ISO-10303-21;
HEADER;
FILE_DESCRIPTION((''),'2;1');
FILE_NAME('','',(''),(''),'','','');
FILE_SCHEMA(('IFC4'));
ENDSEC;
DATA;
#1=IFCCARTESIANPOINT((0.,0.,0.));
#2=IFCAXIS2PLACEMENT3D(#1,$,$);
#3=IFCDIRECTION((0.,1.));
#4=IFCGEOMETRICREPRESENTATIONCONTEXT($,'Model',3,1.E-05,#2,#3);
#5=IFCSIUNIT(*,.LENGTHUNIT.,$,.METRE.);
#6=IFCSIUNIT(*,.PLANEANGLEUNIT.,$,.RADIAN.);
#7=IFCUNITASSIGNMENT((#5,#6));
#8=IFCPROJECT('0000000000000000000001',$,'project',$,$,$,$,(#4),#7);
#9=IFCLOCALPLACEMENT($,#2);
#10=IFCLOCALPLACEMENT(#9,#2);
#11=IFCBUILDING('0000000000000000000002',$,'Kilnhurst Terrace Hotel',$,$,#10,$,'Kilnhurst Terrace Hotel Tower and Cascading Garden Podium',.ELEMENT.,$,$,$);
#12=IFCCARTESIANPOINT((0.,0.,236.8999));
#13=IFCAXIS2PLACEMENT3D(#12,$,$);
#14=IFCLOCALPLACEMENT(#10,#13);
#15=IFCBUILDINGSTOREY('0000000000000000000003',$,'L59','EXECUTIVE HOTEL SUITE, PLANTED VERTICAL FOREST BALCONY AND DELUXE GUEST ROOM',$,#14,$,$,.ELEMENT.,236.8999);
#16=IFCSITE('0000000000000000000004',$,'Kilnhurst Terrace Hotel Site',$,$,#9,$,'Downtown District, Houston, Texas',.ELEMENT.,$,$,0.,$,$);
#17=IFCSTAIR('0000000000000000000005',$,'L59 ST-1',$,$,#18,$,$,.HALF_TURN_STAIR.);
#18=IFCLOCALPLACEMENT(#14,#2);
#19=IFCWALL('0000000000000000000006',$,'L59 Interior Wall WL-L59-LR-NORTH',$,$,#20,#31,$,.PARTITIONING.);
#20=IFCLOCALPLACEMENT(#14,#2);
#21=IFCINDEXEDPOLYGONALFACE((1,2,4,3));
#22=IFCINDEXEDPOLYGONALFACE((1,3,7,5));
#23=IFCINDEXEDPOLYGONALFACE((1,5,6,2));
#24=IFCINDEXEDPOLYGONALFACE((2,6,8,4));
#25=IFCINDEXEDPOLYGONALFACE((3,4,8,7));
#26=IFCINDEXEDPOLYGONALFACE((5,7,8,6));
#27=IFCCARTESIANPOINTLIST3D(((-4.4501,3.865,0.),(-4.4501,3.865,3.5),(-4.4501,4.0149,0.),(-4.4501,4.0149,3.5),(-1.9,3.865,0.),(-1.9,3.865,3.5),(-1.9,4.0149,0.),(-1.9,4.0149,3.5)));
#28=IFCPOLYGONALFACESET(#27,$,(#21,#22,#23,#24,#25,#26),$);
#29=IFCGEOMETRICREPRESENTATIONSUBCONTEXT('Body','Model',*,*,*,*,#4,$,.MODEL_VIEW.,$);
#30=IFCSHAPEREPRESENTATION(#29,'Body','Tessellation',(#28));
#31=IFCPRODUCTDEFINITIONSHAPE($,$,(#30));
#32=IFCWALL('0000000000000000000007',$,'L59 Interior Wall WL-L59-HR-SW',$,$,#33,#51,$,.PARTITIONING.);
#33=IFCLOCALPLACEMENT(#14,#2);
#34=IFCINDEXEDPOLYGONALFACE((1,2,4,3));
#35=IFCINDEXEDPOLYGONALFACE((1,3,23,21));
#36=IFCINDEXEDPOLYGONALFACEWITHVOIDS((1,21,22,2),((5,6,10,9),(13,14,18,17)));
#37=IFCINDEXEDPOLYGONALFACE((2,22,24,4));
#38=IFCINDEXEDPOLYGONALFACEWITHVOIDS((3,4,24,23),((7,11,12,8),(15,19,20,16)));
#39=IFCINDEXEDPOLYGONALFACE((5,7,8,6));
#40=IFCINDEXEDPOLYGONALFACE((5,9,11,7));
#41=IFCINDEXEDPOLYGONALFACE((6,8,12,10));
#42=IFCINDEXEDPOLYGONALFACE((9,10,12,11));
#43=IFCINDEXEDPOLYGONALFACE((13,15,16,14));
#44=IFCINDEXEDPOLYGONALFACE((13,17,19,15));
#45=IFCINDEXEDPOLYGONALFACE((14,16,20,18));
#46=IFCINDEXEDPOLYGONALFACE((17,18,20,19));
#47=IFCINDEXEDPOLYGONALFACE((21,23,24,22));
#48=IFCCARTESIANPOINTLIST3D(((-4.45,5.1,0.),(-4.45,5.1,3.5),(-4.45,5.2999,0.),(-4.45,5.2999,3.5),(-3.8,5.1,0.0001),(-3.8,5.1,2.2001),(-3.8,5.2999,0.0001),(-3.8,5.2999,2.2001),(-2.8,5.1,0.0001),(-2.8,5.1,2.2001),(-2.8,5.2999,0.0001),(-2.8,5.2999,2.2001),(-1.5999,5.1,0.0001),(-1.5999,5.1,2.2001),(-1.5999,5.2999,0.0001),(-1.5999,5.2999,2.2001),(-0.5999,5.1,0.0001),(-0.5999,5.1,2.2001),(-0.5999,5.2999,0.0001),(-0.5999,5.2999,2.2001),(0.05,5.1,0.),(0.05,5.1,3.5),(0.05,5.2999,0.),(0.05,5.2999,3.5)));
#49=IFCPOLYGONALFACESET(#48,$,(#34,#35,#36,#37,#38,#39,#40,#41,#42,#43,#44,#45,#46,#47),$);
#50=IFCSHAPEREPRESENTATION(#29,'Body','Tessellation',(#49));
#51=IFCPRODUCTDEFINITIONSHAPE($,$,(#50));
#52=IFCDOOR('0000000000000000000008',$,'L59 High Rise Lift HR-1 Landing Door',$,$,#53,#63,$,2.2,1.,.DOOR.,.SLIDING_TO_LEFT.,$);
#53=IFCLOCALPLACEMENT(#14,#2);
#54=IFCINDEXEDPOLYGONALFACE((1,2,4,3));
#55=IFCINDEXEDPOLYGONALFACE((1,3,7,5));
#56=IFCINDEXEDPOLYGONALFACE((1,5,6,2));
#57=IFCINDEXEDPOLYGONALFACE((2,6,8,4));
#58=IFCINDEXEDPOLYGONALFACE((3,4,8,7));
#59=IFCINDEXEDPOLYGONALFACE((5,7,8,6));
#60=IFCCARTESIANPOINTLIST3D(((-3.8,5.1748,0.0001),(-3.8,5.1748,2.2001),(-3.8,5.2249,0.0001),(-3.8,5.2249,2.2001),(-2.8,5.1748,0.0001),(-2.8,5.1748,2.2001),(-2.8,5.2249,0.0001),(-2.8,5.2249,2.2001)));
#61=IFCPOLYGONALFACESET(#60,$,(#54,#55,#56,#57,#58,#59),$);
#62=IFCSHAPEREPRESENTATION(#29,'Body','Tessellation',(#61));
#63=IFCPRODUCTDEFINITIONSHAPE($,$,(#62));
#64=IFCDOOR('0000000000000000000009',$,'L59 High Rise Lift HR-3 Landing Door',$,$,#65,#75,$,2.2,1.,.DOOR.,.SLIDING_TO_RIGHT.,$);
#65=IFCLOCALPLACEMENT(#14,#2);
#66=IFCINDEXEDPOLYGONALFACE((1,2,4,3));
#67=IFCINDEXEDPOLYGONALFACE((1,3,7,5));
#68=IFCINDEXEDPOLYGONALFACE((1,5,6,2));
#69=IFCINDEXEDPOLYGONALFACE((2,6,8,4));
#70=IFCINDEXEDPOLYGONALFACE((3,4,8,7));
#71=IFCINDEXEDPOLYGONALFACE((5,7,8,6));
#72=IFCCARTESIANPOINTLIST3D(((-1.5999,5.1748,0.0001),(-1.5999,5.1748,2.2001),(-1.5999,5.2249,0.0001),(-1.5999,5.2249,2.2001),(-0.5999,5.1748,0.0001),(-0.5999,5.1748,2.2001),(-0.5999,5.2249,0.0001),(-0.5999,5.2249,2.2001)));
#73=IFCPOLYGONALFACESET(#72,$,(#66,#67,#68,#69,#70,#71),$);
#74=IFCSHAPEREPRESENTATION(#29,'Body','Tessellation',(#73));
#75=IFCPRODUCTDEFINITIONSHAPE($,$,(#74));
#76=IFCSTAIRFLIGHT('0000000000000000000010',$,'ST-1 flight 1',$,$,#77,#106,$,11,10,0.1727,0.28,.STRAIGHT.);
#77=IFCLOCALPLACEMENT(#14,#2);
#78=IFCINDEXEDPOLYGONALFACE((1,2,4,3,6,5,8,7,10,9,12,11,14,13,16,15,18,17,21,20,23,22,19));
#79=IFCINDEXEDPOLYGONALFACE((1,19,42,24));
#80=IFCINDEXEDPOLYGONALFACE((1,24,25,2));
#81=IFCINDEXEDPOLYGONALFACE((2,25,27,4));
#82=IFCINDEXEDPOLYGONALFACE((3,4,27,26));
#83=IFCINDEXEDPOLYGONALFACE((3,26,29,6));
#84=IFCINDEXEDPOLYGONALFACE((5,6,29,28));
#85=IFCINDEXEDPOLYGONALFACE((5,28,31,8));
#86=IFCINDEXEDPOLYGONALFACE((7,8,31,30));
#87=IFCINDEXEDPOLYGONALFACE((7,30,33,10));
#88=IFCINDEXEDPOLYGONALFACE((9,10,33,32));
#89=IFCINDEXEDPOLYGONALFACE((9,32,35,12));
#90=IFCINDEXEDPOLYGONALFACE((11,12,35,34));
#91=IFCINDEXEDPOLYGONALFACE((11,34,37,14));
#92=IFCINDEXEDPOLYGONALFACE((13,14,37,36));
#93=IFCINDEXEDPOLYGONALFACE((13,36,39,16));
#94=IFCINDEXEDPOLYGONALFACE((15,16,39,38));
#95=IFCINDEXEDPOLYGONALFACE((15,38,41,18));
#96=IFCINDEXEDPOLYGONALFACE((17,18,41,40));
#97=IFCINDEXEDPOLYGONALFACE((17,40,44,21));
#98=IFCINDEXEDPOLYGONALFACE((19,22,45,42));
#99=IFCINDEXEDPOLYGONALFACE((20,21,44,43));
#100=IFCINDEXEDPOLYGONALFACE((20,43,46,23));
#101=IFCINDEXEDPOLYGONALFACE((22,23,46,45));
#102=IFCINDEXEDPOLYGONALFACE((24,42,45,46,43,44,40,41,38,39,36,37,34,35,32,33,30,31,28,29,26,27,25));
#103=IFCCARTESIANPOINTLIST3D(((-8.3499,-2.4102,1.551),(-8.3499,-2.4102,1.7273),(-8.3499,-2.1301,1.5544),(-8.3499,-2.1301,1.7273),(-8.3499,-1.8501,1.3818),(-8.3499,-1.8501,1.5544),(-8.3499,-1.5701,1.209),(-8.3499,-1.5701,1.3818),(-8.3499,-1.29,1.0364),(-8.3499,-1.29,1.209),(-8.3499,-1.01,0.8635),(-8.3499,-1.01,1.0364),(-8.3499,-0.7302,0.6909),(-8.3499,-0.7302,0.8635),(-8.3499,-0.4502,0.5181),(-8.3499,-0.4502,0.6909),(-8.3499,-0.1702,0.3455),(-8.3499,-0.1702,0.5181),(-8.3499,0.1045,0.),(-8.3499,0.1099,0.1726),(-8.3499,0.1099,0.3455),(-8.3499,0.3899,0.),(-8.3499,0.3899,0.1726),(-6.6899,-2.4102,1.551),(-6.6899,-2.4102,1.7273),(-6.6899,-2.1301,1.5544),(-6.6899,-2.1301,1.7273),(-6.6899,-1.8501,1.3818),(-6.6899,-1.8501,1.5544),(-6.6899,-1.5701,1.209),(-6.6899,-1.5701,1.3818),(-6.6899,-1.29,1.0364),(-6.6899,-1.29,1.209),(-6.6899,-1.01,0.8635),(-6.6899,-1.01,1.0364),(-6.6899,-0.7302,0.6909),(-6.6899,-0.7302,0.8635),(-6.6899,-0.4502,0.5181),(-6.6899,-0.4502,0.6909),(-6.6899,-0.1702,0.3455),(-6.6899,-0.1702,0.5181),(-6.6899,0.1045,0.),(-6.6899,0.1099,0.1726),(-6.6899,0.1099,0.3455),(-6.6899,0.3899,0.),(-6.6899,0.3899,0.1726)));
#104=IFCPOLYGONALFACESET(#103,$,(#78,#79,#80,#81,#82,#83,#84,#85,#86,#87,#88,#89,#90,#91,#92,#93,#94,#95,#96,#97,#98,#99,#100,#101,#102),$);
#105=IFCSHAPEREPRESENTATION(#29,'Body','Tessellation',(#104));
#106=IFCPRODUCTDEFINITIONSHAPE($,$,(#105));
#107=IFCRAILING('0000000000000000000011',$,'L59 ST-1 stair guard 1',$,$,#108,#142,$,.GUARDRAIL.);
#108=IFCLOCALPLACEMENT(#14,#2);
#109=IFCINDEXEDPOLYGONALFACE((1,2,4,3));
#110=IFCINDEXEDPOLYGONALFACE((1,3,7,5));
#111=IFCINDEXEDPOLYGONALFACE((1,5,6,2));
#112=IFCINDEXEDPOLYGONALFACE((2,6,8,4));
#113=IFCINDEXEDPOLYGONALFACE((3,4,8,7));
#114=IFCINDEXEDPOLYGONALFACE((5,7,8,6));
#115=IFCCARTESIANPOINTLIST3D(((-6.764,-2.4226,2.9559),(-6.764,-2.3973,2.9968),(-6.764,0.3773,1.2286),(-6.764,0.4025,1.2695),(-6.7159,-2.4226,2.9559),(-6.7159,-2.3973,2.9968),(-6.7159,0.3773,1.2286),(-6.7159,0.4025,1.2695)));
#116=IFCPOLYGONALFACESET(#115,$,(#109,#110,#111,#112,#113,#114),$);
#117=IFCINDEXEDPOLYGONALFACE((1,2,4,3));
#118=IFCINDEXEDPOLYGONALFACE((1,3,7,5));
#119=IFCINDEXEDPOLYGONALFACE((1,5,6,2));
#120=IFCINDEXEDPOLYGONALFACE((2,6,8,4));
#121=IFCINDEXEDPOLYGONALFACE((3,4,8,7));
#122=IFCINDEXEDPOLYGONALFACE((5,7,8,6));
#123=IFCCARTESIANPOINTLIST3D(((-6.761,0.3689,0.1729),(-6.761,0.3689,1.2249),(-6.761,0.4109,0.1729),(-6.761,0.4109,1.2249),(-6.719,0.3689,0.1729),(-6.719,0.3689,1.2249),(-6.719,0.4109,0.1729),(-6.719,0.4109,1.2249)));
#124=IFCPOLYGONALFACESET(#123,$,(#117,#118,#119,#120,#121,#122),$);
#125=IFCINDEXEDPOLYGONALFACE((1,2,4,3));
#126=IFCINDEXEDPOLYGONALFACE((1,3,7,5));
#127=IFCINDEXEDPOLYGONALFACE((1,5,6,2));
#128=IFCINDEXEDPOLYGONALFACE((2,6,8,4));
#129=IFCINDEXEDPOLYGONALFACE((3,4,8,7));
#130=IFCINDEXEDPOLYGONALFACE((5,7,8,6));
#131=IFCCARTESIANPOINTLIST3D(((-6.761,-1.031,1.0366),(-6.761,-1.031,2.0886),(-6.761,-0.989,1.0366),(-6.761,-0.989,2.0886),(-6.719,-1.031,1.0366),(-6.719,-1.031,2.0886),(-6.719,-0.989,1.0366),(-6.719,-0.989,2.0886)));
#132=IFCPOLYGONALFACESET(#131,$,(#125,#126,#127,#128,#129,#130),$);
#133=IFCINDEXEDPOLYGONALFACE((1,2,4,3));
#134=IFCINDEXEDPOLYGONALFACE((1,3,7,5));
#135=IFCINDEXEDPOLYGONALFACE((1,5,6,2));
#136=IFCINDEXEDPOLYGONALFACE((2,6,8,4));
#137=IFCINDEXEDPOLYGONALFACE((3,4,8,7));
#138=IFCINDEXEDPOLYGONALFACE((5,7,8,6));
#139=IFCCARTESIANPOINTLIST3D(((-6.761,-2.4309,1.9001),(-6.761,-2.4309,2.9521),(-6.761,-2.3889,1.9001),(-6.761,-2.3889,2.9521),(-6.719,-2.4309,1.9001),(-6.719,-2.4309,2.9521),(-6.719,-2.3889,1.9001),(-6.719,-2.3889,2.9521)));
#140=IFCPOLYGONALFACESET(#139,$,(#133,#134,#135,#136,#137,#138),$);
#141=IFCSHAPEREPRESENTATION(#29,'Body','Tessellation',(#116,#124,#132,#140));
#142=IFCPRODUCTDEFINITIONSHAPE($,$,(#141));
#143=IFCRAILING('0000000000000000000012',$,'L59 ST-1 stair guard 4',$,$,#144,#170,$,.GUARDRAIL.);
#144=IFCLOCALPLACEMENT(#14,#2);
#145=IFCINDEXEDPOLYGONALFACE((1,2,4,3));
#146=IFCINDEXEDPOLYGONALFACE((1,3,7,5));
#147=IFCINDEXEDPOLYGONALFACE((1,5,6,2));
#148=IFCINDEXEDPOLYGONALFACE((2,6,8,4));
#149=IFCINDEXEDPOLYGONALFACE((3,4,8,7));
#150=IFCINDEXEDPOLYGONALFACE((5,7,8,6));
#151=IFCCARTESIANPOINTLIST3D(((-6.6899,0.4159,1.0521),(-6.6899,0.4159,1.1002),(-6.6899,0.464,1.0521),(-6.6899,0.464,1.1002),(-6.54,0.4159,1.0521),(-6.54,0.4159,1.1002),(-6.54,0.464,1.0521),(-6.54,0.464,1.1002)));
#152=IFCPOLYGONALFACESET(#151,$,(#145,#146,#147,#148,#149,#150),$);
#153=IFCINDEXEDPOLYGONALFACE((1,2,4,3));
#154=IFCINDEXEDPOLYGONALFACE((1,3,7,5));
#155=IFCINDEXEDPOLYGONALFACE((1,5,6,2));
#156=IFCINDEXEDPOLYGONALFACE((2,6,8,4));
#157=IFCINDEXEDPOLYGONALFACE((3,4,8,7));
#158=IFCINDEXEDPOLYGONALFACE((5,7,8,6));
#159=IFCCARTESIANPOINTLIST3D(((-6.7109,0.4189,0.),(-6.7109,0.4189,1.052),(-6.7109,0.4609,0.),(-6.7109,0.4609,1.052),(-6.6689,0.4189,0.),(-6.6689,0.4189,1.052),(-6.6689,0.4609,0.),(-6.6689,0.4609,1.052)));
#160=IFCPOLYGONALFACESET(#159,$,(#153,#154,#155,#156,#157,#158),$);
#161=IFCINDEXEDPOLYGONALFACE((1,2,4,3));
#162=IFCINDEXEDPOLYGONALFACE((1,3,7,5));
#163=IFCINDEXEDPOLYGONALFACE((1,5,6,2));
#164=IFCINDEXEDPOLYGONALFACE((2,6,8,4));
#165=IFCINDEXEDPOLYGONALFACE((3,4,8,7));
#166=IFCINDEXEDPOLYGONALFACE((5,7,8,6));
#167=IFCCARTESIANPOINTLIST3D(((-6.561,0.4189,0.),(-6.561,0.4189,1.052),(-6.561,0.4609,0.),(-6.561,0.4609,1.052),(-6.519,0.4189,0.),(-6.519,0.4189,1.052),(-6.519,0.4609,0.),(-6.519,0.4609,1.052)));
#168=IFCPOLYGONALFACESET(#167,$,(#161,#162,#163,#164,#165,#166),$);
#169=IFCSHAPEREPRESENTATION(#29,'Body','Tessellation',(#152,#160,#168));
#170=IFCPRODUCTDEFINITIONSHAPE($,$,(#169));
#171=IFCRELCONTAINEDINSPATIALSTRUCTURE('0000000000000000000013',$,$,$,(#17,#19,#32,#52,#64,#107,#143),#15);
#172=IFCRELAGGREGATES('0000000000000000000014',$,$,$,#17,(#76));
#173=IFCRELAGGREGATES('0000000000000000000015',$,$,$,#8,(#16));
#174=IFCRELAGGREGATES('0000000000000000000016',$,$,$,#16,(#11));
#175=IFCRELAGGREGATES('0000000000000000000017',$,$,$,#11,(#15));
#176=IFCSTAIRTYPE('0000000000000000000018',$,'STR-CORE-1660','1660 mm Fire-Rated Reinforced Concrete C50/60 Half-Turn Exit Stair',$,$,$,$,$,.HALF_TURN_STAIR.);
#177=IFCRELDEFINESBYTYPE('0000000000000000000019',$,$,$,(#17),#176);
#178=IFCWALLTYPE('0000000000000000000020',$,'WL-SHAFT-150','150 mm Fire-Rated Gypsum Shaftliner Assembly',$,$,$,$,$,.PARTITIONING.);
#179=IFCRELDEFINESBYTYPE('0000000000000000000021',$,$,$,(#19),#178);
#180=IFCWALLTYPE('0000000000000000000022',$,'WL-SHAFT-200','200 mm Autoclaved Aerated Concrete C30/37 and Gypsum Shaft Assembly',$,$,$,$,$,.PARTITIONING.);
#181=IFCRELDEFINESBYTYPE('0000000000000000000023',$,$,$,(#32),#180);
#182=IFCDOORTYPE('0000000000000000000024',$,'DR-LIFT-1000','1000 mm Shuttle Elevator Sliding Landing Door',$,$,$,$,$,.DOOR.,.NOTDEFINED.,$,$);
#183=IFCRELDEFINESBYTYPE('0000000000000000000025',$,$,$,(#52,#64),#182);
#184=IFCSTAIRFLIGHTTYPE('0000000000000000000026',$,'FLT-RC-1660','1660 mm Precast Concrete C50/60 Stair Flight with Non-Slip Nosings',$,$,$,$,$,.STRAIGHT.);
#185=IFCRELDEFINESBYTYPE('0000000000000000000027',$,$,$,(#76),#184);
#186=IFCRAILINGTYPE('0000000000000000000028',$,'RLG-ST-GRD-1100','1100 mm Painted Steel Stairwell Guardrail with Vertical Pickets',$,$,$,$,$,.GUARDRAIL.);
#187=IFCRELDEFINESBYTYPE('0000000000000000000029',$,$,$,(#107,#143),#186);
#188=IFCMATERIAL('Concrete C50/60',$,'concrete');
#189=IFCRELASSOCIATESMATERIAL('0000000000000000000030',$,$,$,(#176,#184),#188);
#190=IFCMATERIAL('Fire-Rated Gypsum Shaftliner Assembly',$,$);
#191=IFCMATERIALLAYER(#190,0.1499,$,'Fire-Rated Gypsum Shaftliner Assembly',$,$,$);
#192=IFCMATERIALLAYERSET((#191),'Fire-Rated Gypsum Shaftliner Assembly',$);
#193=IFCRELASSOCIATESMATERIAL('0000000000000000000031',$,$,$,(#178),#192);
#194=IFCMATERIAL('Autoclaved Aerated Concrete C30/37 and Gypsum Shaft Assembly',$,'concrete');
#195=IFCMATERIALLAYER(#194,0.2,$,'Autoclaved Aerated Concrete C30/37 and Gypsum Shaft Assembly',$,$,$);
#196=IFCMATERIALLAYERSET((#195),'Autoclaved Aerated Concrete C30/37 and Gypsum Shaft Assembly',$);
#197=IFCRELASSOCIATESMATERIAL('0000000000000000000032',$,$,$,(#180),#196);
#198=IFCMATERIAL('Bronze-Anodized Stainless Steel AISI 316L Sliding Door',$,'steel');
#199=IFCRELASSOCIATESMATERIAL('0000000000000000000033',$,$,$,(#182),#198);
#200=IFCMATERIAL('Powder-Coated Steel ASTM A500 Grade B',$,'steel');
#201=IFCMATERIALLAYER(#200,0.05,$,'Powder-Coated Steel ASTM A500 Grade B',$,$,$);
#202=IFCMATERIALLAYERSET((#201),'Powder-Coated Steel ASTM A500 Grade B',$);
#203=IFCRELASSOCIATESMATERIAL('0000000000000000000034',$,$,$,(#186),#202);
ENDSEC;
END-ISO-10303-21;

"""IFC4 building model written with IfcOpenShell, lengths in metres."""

from ifc_helpers import new_model, si_unit, direction, frame, frame_2d, origin, origin_2d, place, context, subcontext, project, spatial, polyline, rectangle, outline, extrude, material, layer, layer_set, type_object, element, fill, aggregate, save


model = new_model("IFC4")

# Units and contexts
model_context = context("Model", 3, precision=1e-05, world=origin(), true_north=direction((0.0, 1.0)))
body_context = subcontext(model_context, "Body", "Model", "MODEL_VIEW")
ifc_project = project(units=[si_unit("LENGTHUNIT", "METRE"), si_unit("PLANEANGLEUNIT", "RADIAN")], contexts=[model_context])

# Site, building, storey
site_placement = place(None, origin())
site = spatial("IfcSite", under=ifc_project, at=site_placement, Name="Kilnhurst Terrace Hotel Site", LongName="Downtown District, Houston, Texas", CompositionType="ELEMENT", RefElevation=0.0)
building_placement = place(site_placement, origin())
building = spatial("IfcBuilding", under=site, at=building_placement, Name="Kilnhurst Terrace Hotel", LongName="Kilnhurst Terrace Hotel Tower and Cascading Garden Podium", CompositionType="ELEMENT")
storey_placement = place(building_placement, frame((0.0, 0.0, 236.8999)))
storey = spatial("IfcBuildingStorey", under=building, at=storey_placement, Name="L59", Description="EXECUTIVE HOTEL SUITE, PLANTED VERTICAL FOREST BALCONY AND DELUXE GUEST ROOM", CompositionType="ELEMENT", Elevation=236.8999)

# Shared definitions
ifc_material_1 = material(Name="Concrete C50/60", Category="concrete")

# Stair
stair_type = type_object("IfcStairType", Name="STR-CORE-1660", Description="1660 mm Fire-Rated Reinforced Concrete C50/60 Half-Turn Exit Stair", PredefinedType="HALF_TURN_STAIR", material=ifc_material_1)
stair_1_placement = place(storey_placement, origin())
stair_1 = element("IfcStair", 1, at=stair_1_placement, inside=storey, type_object=stair_type, Name="L59 ST-1", PredefinedType="HALF_TURN_STAIR")

# Wall
ifc_material_2 = material(Name="Fire-Rated Gypsum Shaftliner Assembly")
ifc_layer_1 = layer(ifc_material_2, 0.1499, Name="Fire-Rated Gypsum Shaftliner Assembly")
ifc_layer_set_1 = layer_set([ifc_layer_1], Name="Fire-Rated Gypsum Shaftliner Assembly")
wall_type_1 = type_object("IfcWallType", Name="WL-SHAFT-150", Description="150 mm Fire-Rated Gypsum Shaftliner Assembly", PredefinedType="PARTITIONING", material=ifc_layer_set_1)
wall_1_placement = place(storey_placement, frame((-4.45, 3.9399, 0.0), z_axis=(0.0, 0.0, 1.0), x_axis=(1.0, 0.0, 0.0)))
element("IfcWall", 2, at=wall_1_placement, inside=storey, type_object=wall_type_1, Name="L59 Interior Wall WL-L59-LR-NORTH", PredefinedType="PARTITIONING", context=body_context, shape_type="SweptSolid", body=[
    extrude(rectangle(XDim=2.55, YDim=0.1499, at=frame_2d((1.2749, 0.0))), origin(), (0.0, 0.0, 1.0), 3.5),
])

# Wall, openings, doors
ifc_material_3 = material(Name="Autoclaved Aerated Concrete C30/37 and Gypsum Shaft Assembly", Category="concrete")
ifc_layer_2 = layer(ifc_material_3, 0.2, Name="Autoclaved Aerated Concrete C30/37 and Gypsum Shaft Assembly")
ifc_layer_set_2 = layer_set([ifc_layer_2], Name="Autoclaved Aerated Concrete C30/37 and Gypsum Shaft Assembly")
wall_type_2 = type_object("IfcWallType", Name="WL-SHAFT-200", Description="200 mm Autoclaved Aerated Concrete C30/37 and Gypsum Shaft Assembly", PredefinedType="PARTITIONING", material=ifc_layer_set_2)
wall_2_placement = place(storey_placement, frame((-4.45, 5.2, 0.0), z_axis=(0.0, 0.0, 1.0), x_axis=(1.0, 0.0, 0.0)))
wall_2 = element("IfcWall", 3, at=wall_2_placement, inside=storey, type_object=wall_type_2, Name="L59 Interior Wall WL-L59-HR-SW", PredefinedType="PARTITIONING", context=body_context, shape_type="SweptSolid", body=[
    extrude(rectangle(XDim=4.5, YDim=0.2, at=frame_2d((2.25, 0.0))), origin(), (0.0, 0.0, 1.0), 3.5),
])
opening_1_placement = place(wall_2_placement, frame((0.6499, 0.0, 0.0)))
opening_1 = element("IfcOpeningElement", 4, at=opening_1_placement, cuts=wall_2, PredefinedType="OPENING", context=body_context, shape_type="SweptSolid", body=[
    extrude(rectangle(XDim=1.0, YDim=2.2, at=frame_2d((0.5, 1.1001))), frame((0.0, 0.1099, 0.0), z_axis=(0.0, -1.0, 0.0), x_axis=(1.0, 0.0, 0.0)), (0.0, 0.0, 1.0), 0.22),
])
opening_2_placement = place(wall_2_placement, frame((2.8501, 0.0, 0.0)))
opening_2 = element("IfcOpeningElement", 5, at=opening_2_placement, cuts=wall_2, PredefinedType="OPENING", context=body_context, shape_type="SweptSolid", body=[
    extrude(rectangle(XDim=1.0, YDim=2.2, at=frame_2d((0.5, 1.1001))), frame((0.0, 0.1099, 0.0), z_axis=(0.0, -1.0, 0.0), x_axis=(1.0, 0.0, 0.0)), (0.0, 0.0, 1.0), 0.22),
])
ifc_material_4 = material(Name="Bronze-Anodized Stainless Steel AISI 316L Sliding Door", Category="steel")
door_type_1 = type_object("IfcDoorType", Name="DR-LIFT-1000", Description="1000 mm Shuttle Elevator Sliding Landing Door", OperationType="NOTDEFINED", PredefinedType="DOOR", material=ifc_material_4)
door_1_placement = place(opening_1_placement, origin())
door_1 = element("IfcDoor", 6, at=door_1_placement, inside=storey, type_object=door_type_1, Name="L59 High Rise Lift HR-1 Landing Door", OperationType="SLIDING_TO_LEFT", OverallHeight=2.2, OverallWidth=1.0, PredefinedType="DOOR", context=body_context, shape_type="SweptSolid", body=[
    extrude(rectangle(XDim=1.0, YDim=2.2, at=frame_2d((0.5, 1.1001))), frame((0.0, 0.0249, 0.0), z_axis=(0.0, -1.0, 0.0), x_axis=(1.0, 0.0, 0.0)), (0.0, 0.0, 1.0), 0.05),
])
fill(opening_1, door_1)
door_2_placement = place(opening_2_placement, origin())
door_2 = element("IfcDoor", 7, at=door_2_placement, inside=storey, type_object=door_type_1, Name="L59 High Rise Lift HR-3 Landing Door", OperationType="SLIDING_TO_RIGHT", OverallHeight=2.2, OverallWidth=1.0, PredefinedType="DOOR", context=body_context, shape_type="SweptSolid", body=[
    extrude(rectangle(XDim=1.0, YDim=2.2, at=frame_2d((0.5, 1.1001))), frame((0.0, 0.0249, 0.0), z_axis=(0.0, -1.0, 0.0), x_axis=(1.0, 0.0, 0.0)), (0.0, 0.0, 1.0), 0.05),
])
fill(opening_2, door_2)

# Stair flight
stair_flight_type = type_object("IfcStairFlightType", Name="FLT-RC-1660", Description="1660 mm Precast Concrete C50/60 Stair Flight with Non-Slip Nosings", PredefinedType="STRAIGHT", material=ifc_material_1)
stair_flight_placement = place(storey_placement, frame((-7.52, 0.3899, 0.0), z_axis=(0.0, 0.0, 1.0), x_axis=(0.0, -1.0, 0.0)))
stair_flight = element("IfcStairFlight", 8, at=stair_flight_placement, type_object=stair_flight_type, Name="ST-1 flight 1", NumberOfRisers=11, NumberOfTreads=10, PredefinedType="STRAIGHT", RiserHeight=0.1727, TreadLength=0.28, context=body_context, shape_type="SweptSolid", body=[
    extrude(outline(polyline([(0.0, 0.0), (0.0, 0.1726), (0.28, 0.1726), (0.28, 0.3455), (0.5601, 0.3455), (0.5601, 0.5181), (0.8401, 0.5181), (0.8401, 0.6909), (1.1201, 0.6909), (1.1201, 0.8635), (1.3999, 0.8635), (1.3999, 1.0364), (1.6799, 1.0364), (1.6799, 1.209), (1.96, 1.209), (1.96, 1.3818), (2.24, 1.3818), (2.24, 1.5544), (2.52, 1.5544), (2.52, 1.7273), (2.8, 1.7273), (2.8, 1.8999), (2.8, 1.551), (0.2854, 0.0), (0.0, 0.0)])), frame((0.0, 0.8301, 0.0), z_axis=(0.0, -1.0, 0.0), x_axis=(1.0, 0.0, 0.0)), (0.0, 0.0, 1.0), 1.6599),
])
aggregate(stair_1, [stair_flight])

# Railings
ifc_material_5 = material(Name="Powder-Coated Steel ASTM A500 Grade B", Category="steel")
ifc_layer_3 = layer(ifc_material_5, 0.05, Name="Powder-Coated Steel ASTM A500 Grade B")
ifc_layer_set_3 = layer_set([ifc_layer_3], Name="Powder-Coated Steel ASTM A500 Grade B")
railing_type_1 = type_object("IfcRailingType", Name="RLG-ST-GRD-1100", Description="1100 mm Painted Steel Stairwell Guardrail with Vertical Pickets", PredefinedType="GUARDRAIL", material=ifc_layer_set_3)
railing_1_placement = place(storey_placement, frame((-6.74, 0.3899, 0.1729)))
element("IfcRailing", 9, at=railing_1_placement, inside=storey, type_object=railing_type_1, Name="L59 ST-1 stair guard 1", PredefinedType="GUARDRAIL", context=body_context, shape_type="SweptSolid", body=[
    extrude(rectangle(XDim=0.0481, YDim=0.0481, at=origin_2d()), frame((0.0, 0.0, 1.0762), z_axis=(0.0, -0.851069, 0.525054), x_axis=(1.0, 0.0, 0.0)), (0.0, 0.0, 1.0), 3.2898),
    extrude(rectangle(XDim=0.042, YDim=0.042, at=origin_2d()), origin(), (0.0, 0.0, 1.0), 1.052),
    extrude(rectangle(XDim=0.042, YDim=0.042, at=origin_2d()), frame((0.0, -1.3999, 0.8638)), (0.0, 0.0, 1.0), 1.052),
    extrude(rectangle(XDim=0.042, YDim=0.042, at=origin_2d()), frame((0.0, -2.7998, 1.7273)), (0.0, 0.0, 1.0), 1.052),
])
railing_2_placement = place(storey_placement, frame((-6.6899, 0.4399, 0.0)))
element("IfcRailing", 10, at=railing_2_placement, inside=storey, type_object=railing_type_1, Name="L59 ST-1 stair guard 4", PredefinedType="GUARDRAIL", context=body_context, shape_type="SweptSolid", body=[
    extrude(rectangle(XDim=0.0481, YDim=0.0481, at=origin_2d()), frame((0.0, 0.0, 1.0762), z_axis=(1.0, 0.0, 0.0), x_axis=(0.0, 1.0, 0.0)), (0.0, 0.0, 1.0), 0.1499),
    extrude(rectangle(XDim=0.042, YDim=0.042, at=origin_2d()), origin(), (0.0, 0.0, 1.0), 1.052),
    extrude(rectangle(XDim=0.042, YDim=0.042, at=origin_2d()), frame((0.1499, 0.0, 0.0)), (0.0, 0.0, 1.0), 1.052),
])

save(model, "model.ifc")
